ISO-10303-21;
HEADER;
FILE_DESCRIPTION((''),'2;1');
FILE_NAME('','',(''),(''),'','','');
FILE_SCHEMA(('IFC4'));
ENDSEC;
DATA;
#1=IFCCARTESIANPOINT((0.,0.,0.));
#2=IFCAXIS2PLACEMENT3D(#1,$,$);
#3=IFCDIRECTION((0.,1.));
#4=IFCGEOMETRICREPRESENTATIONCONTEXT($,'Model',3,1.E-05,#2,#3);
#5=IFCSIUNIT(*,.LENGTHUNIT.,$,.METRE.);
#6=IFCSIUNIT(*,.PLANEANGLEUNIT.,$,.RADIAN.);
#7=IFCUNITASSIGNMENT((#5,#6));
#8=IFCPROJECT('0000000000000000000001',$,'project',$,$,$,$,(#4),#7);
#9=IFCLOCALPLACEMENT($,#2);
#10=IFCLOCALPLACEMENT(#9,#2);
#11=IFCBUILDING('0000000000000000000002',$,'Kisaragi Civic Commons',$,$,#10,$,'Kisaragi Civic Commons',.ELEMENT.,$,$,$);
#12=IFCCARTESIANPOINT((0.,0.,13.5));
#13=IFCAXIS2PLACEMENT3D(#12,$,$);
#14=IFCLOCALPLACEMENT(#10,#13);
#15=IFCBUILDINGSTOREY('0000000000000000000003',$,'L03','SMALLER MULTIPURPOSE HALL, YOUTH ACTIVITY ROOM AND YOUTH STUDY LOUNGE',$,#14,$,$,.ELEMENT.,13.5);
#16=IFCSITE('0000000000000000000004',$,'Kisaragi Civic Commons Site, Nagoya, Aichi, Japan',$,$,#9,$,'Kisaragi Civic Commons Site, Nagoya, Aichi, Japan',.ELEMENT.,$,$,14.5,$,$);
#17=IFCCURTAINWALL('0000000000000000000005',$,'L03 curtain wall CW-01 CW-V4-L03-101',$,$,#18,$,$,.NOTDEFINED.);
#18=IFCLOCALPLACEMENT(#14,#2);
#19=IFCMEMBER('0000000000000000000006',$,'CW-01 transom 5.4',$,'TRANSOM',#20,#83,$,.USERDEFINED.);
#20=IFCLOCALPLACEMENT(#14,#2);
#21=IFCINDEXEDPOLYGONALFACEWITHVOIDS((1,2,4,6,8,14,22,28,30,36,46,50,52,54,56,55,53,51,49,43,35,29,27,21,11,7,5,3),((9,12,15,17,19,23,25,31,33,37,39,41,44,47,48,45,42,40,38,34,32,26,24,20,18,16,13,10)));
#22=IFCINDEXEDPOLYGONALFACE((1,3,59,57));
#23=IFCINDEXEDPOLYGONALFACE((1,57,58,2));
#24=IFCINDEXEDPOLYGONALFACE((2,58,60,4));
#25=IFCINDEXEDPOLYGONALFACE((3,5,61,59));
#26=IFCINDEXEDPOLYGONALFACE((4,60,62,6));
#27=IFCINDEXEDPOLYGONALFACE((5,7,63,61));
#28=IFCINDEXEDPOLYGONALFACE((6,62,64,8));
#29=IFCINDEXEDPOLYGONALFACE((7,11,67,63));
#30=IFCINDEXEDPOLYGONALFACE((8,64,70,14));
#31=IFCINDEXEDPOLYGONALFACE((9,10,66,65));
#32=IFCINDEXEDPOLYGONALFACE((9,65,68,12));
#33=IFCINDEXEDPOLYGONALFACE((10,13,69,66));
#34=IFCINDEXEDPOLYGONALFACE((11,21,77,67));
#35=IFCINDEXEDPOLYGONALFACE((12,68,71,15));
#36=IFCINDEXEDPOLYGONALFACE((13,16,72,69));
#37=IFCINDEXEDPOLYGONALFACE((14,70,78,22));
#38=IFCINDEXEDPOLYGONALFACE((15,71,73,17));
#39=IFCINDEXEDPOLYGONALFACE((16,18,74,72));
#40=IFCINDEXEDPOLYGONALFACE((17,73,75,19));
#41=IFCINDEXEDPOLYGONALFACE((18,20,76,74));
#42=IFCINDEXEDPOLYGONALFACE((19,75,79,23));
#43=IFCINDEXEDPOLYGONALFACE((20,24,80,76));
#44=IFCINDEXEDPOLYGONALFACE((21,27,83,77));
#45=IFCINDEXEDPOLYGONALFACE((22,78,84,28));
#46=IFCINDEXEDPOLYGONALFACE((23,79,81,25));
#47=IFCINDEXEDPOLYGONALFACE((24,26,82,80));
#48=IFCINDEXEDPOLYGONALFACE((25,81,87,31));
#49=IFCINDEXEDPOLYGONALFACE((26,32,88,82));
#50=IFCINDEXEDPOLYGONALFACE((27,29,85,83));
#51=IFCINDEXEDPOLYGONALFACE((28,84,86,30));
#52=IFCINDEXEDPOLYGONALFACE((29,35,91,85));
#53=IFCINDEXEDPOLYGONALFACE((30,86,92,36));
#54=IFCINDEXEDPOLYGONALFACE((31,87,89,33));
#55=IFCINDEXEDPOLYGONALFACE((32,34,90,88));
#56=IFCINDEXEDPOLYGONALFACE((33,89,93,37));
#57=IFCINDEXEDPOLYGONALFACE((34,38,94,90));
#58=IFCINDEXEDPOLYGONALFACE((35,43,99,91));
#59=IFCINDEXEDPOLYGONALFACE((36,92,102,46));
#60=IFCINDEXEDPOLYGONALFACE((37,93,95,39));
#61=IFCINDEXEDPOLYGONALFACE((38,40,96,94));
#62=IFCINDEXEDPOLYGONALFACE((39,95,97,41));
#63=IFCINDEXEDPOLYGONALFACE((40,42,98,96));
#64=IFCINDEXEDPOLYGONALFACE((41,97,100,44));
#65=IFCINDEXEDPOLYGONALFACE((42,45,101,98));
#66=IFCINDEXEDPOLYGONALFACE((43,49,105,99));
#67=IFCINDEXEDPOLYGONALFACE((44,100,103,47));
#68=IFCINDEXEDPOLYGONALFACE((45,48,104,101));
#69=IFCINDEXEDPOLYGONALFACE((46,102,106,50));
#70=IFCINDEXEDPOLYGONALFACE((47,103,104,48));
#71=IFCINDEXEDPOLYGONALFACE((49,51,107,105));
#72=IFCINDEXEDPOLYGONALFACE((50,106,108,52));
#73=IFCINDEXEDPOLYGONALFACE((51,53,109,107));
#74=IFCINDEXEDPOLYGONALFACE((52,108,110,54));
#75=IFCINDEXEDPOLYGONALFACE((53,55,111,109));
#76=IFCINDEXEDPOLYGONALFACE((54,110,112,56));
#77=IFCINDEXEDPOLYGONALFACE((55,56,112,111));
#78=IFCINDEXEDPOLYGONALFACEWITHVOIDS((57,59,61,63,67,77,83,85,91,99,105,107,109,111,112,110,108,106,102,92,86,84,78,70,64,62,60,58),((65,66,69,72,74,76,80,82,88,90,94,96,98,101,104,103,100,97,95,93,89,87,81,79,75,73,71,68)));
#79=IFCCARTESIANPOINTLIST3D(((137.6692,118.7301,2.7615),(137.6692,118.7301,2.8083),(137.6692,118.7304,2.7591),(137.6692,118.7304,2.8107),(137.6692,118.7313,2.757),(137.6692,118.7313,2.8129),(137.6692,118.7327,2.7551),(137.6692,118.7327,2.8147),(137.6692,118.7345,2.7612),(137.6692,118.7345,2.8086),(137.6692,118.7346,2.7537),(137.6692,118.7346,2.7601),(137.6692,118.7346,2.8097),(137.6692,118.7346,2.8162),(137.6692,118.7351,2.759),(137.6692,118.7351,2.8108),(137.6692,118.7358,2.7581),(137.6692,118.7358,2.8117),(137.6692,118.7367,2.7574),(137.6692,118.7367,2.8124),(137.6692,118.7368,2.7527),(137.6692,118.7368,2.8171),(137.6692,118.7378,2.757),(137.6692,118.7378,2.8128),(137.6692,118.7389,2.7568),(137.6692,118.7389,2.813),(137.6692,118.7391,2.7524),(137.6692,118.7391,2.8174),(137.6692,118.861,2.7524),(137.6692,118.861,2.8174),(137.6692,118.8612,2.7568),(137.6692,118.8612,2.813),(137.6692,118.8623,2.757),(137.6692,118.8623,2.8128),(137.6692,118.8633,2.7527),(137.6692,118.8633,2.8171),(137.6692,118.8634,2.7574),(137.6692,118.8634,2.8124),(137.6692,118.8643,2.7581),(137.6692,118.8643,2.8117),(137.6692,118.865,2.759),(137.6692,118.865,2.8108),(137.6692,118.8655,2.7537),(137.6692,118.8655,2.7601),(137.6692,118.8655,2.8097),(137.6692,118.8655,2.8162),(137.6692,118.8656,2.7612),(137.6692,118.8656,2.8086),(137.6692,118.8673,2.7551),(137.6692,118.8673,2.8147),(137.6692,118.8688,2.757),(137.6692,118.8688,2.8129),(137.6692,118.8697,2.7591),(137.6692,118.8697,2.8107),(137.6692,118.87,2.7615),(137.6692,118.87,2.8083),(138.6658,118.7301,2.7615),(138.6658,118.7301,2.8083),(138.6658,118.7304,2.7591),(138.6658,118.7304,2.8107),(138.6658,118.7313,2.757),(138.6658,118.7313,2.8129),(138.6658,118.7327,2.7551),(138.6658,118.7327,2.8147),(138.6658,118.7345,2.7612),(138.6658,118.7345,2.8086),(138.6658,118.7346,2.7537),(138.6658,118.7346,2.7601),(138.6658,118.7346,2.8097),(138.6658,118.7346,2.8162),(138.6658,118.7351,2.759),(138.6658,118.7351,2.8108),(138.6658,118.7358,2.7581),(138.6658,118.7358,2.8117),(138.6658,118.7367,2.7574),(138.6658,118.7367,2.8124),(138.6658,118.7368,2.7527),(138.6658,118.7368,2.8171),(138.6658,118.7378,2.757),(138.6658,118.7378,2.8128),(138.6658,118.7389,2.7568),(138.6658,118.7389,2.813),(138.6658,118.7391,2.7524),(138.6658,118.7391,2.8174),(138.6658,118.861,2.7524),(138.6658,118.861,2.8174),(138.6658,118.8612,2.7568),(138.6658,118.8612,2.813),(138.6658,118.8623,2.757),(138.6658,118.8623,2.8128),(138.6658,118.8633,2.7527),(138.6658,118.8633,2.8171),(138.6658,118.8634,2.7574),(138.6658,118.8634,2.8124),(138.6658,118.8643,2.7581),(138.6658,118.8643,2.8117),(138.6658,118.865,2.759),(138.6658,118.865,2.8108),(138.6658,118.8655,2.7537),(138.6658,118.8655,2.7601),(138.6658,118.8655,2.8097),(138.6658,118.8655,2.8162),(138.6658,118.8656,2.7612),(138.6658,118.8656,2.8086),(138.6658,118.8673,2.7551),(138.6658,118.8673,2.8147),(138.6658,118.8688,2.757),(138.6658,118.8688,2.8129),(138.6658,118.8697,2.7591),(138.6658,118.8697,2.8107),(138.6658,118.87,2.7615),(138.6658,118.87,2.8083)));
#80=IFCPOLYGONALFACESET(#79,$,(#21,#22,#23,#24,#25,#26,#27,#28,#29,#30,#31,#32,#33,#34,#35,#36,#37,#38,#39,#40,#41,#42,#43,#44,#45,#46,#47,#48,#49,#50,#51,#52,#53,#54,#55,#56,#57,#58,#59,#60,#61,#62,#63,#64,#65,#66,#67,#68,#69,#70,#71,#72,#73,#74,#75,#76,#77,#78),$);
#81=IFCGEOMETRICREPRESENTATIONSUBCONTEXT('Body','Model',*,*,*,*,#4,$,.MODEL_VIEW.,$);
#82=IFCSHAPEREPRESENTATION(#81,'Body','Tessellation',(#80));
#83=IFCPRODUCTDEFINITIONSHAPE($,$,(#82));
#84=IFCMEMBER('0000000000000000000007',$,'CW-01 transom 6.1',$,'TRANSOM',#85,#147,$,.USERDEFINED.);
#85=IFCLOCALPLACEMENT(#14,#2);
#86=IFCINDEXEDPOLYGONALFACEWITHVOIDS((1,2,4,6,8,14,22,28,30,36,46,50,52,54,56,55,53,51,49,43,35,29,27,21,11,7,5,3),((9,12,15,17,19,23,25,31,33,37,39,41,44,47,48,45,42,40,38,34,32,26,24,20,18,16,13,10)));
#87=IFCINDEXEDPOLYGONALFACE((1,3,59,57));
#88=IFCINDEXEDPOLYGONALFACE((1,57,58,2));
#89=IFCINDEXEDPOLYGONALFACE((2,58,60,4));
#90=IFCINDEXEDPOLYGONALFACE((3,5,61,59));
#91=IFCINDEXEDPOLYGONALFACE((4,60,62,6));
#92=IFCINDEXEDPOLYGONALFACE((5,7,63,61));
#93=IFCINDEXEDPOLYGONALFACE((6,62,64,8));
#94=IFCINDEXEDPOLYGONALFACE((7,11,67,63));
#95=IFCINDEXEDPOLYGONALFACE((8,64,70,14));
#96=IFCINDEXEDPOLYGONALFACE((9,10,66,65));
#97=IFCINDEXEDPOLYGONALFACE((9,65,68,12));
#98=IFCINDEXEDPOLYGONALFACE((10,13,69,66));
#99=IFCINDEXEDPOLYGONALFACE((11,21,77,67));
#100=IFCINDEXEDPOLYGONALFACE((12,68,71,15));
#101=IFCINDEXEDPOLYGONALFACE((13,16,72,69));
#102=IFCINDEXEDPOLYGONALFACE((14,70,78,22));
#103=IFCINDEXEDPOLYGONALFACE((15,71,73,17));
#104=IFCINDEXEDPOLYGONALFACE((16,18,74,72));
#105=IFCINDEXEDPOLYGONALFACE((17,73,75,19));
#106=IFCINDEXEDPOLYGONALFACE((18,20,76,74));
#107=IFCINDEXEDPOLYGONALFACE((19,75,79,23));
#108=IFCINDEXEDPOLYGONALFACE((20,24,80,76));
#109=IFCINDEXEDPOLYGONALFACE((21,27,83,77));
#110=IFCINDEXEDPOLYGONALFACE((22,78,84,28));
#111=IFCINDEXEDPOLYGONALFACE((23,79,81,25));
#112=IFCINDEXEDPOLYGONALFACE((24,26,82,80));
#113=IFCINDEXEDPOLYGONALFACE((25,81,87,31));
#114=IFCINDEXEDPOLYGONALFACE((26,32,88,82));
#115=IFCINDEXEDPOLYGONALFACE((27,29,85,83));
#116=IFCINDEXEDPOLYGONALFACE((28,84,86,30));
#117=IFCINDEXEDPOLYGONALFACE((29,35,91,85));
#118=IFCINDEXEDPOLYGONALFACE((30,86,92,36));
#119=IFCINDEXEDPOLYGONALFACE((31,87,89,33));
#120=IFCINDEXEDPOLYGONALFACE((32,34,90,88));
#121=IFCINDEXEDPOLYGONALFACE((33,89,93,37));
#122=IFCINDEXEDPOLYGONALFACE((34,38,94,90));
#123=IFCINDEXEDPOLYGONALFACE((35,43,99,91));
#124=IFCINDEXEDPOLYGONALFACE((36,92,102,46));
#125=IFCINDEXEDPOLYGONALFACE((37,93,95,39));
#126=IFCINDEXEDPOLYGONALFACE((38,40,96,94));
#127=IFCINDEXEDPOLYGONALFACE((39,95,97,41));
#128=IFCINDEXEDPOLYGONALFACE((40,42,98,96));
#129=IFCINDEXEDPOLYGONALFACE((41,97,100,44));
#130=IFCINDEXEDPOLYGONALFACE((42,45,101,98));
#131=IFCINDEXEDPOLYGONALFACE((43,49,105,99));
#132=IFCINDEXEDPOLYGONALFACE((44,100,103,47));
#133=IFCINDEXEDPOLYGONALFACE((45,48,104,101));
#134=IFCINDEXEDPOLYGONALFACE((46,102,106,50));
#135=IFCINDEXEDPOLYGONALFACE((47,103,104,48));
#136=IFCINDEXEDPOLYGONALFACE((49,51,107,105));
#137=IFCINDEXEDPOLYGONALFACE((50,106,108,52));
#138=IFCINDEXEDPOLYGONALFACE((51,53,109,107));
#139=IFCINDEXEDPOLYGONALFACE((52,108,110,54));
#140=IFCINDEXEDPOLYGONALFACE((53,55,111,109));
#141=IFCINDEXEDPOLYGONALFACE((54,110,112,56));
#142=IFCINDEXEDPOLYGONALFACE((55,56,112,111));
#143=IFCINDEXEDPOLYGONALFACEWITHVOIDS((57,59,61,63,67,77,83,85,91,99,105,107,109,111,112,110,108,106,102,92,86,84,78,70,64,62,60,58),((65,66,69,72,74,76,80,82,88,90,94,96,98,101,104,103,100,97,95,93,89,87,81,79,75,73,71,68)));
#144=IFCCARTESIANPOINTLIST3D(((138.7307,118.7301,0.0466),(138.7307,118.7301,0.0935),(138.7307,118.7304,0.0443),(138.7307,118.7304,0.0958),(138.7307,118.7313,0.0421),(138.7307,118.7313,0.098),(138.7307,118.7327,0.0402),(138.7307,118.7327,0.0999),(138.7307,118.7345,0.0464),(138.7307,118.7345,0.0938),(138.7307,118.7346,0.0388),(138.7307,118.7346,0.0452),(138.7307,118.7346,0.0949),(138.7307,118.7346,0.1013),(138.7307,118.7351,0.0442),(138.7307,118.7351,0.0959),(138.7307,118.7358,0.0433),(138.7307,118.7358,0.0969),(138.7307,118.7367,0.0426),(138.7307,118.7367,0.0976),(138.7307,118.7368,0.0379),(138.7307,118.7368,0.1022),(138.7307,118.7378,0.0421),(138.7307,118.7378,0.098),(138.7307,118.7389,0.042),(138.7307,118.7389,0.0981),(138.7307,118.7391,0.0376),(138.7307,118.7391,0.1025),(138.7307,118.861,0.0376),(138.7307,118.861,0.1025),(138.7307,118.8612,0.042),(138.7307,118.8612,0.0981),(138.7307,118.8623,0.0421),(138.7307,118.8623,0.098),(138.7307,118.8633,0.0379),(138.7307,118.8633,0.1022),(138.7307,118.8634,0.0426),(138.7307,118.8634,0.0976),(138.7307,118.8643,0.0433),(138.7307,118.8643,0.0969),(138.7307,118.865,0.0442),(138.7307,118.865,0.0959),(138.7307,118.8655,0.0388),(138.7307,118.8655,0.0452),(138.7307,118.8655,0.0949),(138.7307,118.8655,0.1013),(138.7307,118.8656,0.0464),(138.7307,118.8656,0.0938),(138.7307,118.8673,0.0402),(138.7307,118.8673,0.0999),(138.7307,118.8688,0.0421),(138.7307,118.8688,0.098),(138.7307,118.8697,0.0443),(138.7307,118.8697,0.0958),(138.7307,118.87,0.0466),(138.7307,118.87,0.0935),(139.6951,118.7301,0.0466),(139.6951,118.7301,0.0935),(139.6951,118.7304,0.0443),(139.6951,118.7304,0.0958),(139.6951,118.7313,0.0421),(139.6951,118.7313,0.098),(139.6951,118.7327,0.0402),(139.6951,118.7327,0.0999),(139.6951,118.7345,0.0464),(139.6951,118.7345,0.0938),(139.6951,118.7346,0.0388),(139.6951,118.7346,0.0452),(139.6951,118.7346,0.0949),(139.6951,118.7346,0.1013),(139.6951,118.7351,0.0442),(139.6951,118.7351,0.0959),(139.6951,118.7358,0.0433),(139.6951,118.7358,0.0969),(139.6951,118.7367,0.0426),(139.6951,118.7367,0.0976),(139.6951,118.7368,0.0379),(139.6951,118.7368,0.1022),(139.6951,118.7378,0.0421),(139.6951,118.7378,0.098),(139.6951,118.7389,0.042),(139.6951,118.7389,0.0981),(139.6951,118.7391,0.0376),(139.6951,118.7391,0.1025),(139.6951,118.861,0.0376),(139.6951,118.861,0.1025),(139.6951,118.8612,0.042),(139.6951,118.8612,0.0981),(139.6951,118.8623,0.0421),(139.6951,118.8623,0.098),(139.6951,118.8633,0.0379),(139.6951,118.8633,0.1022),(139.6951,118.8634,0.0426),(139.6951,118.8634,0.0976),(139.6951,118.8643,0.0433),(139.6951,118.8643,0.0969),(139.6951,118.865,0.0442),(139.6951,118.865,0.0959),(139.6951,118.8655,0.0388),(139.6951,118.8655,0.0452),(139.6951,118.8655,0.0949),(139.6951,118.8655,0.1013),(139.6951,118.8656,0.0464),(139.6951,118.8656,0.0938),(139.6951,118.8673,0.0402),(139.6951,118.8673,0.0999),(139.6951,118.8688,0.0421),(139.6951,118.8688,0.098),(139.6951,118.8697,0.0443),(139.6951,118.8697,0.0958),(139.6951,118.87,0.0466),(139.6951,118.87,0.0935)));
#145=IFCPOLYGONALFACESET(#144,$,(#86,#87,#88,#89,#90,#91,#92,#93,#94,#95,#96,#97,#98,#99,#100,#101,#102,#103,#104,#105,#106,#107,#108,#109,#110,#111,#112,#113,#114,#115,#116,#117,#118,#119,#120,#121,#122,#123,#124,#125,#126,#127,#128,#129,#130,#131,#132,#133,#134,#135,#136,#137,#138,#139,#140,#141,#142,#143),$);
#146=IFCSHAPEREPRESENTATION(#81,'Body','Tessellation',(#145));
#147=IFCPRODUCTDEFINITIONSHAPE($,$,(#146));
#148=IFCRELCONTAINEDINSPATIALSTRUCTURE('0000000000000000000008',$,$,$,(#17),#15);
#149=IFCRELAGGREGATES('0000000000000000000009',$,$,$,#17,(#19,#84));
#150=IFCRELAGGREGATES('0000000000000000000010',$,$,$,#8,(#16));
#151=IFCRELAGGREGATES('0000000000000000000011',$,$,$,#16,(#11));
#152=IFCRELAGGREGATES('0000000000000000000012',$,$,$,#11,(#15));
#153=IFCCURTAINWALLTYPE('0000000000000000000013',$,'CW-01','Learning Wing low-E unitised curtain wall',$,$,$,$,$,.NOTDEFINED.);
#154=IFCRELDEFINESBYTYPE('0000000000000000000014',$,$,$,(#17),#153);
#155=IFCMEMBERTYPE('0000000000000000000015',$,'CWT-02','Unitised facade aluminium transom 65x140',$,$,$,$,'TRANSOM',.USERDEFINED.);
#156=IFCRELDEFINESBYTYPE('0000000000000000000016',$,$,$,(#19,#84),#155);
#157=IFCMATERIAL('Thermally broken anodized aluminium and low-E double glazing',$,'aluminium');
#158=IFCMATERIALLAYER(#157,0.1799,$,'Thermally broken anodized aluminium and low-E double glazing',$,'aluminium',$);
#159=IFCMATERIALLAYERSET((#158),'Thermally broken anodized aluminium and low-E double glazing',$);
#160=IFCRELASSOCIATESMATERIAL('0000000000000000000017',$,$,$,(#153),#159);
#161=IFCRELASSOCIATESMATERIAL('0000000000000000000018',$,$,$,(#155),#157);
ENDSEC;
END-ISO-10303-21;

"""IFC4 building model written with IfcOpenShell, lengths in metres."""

from ifc_helpers import new_model, si_unit, direction, frame, origin, origin_2d, place, context, subcontext, project, spatial, hollow_rectangle, extrude, material, layer, layer_set, material_profile, profile_set, type_object, element, aggregate, save


model = new_model("IFC4")

# Units and contexts
model_context = context("Model", 3, precision=1e-05, world=origin(), true_north=direction((0.0, 1.0)))
body_context = subcontext(model_context, "Body", "Model", "MODEL_VIEW")
ifc_project = project(units=[si_unit("LENGTHUNIT", "METRE"), si_unit("PLANEANGLEUNIT", "RADIAN")], contexts=[model_context])

# Site, building, storey
site_placement = place(None, origin())
site = spatial("IfcSite", under=ifc_project, at=site_placement, Name="Kisaragi Civic Commons Site, Nagoya, Aichi, Japan", LongName="Kisaragi Civic Commons Site, Nagoya, Aichi, Japan", CompositionType="ELEMENT", RefElevation=14.5)
building_placement = place(site_placement, origin())
building = spatial("IfcBuilding", under=site, at=building_placement, Name="Kisaragi Civic Commons", LongName="Kisaragi Civic Commons", CompositionType="ELEMENT")
storey_placement = place(building_placement, frame((0.0, 0.0, 13.5)))
storey = spatial("IfcBuildingStorey", under=building, at=storey_placement, Name="L03", Description="SMALLER MULTIPURPOSE HALL, YOUTH ACTIVITY ROOM AND YOUTH STUDY LOUNGE", CompositionType="ELEMENT", Elevation=13.5)

# Curtain wall, members
ifc_material_1 = material(Name="Thermally broken anodized aluminium and low-E double glazing", Category="aluminium")
ifc_layer_1 = layer(ifc_material_1, 0.1799, Name="Thermally broken anodized aluminium and low-E double glazing", Category="aluminium")
ifc_layer_set_1 = layer_set([ifc_layer_1], Name="Thermally broken anodized aluminium and low-E double glazing")
curtain_wall_type = type_object("IfcCurtainWallType", Name="CW-01", Description="Learning Wing low-E unitised curtain wall", PredefinedType="NOTDEFINED", material=ifc_layer_set_1)
curtain_wall_placement = place(storey_placement, origin())
curtain_wall = element("IfcCurtainWall", 1, at=curtain_wall_placement, inside=storey, type_object=curtain_wall_type, Name="L03 curtain wall CW-01 CW-V4-L03-101", PredefinedType="NOTDEFINED")
ifc_material_profile_1 = material_profile(ifc_material_1, hollow_rectangle(XDim=0.1399, YDim=0.0649, WallThickness=0.0044, InnerFilletRadius=0.0044, OuterFilletRadius=0.009, at=origin_2d()), Name="CWT-65x140x4.5", Category="aluminium")
ifc_profile_set_1 = profile_set([ifc_material_profile_1], Name="Thermally broken anodized aluminium and low-E double glazing")
member_type_1 = type_object("IfcMemberType", Name="CWT-02", Description="Unitised facade aluminium transom 65x140", ElementType="TRANSOM", PredefinedType="USERDEFINED", material=ifc_profile_set_1)
member_1_placement = place(storey_placement, frame((137.6692, 118.8, 2.7849), z_axis=(1.0, 0.0, 0.0), x_axis=(0.0, 1.0, 0.0)))
member_1 = element("IfcMember", 2, at=member_1_placement, type_object=member_type_1, Name="CW-01 transom 5.4", ObjectType="TRANSOM", PredefinedType="USERDEFINED", context=body_context, shape_type="SweptSolid", body=[
    extrude(hollow_rectangle(XDim=0.1399, YDim=0.0649, WallThickness=0.0044, InnerFilletRadius=0.0044, OuterFilletRadius=0.009, at=origin_2d()), origin(), (0.0, 0.0, 1.0), 0.9966),
])
member_2_placement = place(storey_placement, frame((138.7307, 118.8, 0.0701), z_axis=(1.0, 0.0, 0.0), x_axis=(0.0, 1.0, 0.0)))
member_2 = element("IfcMember", 3, at=member_2_placement, type_object=member_type_1, Name="CW-01 transom 6.1", ObjectType="TRANSOM", PredefinedType="USERDEFINED", context=body_context, shape_type="SweptSolid", body=[
    extrude(hollow_rectangle(XDim=0.1399, YDim=0.0649, WallThickness=0.0044, InnerFilletRadius=0.0044, OuterFilletRadius=0.009, at=origin_2d()), origin(), (0.0, 0.0, 1.0), 0.9644),
])

aggregate(curtain_wall, [member_1, member_2])

save(model, "model.ifc")
